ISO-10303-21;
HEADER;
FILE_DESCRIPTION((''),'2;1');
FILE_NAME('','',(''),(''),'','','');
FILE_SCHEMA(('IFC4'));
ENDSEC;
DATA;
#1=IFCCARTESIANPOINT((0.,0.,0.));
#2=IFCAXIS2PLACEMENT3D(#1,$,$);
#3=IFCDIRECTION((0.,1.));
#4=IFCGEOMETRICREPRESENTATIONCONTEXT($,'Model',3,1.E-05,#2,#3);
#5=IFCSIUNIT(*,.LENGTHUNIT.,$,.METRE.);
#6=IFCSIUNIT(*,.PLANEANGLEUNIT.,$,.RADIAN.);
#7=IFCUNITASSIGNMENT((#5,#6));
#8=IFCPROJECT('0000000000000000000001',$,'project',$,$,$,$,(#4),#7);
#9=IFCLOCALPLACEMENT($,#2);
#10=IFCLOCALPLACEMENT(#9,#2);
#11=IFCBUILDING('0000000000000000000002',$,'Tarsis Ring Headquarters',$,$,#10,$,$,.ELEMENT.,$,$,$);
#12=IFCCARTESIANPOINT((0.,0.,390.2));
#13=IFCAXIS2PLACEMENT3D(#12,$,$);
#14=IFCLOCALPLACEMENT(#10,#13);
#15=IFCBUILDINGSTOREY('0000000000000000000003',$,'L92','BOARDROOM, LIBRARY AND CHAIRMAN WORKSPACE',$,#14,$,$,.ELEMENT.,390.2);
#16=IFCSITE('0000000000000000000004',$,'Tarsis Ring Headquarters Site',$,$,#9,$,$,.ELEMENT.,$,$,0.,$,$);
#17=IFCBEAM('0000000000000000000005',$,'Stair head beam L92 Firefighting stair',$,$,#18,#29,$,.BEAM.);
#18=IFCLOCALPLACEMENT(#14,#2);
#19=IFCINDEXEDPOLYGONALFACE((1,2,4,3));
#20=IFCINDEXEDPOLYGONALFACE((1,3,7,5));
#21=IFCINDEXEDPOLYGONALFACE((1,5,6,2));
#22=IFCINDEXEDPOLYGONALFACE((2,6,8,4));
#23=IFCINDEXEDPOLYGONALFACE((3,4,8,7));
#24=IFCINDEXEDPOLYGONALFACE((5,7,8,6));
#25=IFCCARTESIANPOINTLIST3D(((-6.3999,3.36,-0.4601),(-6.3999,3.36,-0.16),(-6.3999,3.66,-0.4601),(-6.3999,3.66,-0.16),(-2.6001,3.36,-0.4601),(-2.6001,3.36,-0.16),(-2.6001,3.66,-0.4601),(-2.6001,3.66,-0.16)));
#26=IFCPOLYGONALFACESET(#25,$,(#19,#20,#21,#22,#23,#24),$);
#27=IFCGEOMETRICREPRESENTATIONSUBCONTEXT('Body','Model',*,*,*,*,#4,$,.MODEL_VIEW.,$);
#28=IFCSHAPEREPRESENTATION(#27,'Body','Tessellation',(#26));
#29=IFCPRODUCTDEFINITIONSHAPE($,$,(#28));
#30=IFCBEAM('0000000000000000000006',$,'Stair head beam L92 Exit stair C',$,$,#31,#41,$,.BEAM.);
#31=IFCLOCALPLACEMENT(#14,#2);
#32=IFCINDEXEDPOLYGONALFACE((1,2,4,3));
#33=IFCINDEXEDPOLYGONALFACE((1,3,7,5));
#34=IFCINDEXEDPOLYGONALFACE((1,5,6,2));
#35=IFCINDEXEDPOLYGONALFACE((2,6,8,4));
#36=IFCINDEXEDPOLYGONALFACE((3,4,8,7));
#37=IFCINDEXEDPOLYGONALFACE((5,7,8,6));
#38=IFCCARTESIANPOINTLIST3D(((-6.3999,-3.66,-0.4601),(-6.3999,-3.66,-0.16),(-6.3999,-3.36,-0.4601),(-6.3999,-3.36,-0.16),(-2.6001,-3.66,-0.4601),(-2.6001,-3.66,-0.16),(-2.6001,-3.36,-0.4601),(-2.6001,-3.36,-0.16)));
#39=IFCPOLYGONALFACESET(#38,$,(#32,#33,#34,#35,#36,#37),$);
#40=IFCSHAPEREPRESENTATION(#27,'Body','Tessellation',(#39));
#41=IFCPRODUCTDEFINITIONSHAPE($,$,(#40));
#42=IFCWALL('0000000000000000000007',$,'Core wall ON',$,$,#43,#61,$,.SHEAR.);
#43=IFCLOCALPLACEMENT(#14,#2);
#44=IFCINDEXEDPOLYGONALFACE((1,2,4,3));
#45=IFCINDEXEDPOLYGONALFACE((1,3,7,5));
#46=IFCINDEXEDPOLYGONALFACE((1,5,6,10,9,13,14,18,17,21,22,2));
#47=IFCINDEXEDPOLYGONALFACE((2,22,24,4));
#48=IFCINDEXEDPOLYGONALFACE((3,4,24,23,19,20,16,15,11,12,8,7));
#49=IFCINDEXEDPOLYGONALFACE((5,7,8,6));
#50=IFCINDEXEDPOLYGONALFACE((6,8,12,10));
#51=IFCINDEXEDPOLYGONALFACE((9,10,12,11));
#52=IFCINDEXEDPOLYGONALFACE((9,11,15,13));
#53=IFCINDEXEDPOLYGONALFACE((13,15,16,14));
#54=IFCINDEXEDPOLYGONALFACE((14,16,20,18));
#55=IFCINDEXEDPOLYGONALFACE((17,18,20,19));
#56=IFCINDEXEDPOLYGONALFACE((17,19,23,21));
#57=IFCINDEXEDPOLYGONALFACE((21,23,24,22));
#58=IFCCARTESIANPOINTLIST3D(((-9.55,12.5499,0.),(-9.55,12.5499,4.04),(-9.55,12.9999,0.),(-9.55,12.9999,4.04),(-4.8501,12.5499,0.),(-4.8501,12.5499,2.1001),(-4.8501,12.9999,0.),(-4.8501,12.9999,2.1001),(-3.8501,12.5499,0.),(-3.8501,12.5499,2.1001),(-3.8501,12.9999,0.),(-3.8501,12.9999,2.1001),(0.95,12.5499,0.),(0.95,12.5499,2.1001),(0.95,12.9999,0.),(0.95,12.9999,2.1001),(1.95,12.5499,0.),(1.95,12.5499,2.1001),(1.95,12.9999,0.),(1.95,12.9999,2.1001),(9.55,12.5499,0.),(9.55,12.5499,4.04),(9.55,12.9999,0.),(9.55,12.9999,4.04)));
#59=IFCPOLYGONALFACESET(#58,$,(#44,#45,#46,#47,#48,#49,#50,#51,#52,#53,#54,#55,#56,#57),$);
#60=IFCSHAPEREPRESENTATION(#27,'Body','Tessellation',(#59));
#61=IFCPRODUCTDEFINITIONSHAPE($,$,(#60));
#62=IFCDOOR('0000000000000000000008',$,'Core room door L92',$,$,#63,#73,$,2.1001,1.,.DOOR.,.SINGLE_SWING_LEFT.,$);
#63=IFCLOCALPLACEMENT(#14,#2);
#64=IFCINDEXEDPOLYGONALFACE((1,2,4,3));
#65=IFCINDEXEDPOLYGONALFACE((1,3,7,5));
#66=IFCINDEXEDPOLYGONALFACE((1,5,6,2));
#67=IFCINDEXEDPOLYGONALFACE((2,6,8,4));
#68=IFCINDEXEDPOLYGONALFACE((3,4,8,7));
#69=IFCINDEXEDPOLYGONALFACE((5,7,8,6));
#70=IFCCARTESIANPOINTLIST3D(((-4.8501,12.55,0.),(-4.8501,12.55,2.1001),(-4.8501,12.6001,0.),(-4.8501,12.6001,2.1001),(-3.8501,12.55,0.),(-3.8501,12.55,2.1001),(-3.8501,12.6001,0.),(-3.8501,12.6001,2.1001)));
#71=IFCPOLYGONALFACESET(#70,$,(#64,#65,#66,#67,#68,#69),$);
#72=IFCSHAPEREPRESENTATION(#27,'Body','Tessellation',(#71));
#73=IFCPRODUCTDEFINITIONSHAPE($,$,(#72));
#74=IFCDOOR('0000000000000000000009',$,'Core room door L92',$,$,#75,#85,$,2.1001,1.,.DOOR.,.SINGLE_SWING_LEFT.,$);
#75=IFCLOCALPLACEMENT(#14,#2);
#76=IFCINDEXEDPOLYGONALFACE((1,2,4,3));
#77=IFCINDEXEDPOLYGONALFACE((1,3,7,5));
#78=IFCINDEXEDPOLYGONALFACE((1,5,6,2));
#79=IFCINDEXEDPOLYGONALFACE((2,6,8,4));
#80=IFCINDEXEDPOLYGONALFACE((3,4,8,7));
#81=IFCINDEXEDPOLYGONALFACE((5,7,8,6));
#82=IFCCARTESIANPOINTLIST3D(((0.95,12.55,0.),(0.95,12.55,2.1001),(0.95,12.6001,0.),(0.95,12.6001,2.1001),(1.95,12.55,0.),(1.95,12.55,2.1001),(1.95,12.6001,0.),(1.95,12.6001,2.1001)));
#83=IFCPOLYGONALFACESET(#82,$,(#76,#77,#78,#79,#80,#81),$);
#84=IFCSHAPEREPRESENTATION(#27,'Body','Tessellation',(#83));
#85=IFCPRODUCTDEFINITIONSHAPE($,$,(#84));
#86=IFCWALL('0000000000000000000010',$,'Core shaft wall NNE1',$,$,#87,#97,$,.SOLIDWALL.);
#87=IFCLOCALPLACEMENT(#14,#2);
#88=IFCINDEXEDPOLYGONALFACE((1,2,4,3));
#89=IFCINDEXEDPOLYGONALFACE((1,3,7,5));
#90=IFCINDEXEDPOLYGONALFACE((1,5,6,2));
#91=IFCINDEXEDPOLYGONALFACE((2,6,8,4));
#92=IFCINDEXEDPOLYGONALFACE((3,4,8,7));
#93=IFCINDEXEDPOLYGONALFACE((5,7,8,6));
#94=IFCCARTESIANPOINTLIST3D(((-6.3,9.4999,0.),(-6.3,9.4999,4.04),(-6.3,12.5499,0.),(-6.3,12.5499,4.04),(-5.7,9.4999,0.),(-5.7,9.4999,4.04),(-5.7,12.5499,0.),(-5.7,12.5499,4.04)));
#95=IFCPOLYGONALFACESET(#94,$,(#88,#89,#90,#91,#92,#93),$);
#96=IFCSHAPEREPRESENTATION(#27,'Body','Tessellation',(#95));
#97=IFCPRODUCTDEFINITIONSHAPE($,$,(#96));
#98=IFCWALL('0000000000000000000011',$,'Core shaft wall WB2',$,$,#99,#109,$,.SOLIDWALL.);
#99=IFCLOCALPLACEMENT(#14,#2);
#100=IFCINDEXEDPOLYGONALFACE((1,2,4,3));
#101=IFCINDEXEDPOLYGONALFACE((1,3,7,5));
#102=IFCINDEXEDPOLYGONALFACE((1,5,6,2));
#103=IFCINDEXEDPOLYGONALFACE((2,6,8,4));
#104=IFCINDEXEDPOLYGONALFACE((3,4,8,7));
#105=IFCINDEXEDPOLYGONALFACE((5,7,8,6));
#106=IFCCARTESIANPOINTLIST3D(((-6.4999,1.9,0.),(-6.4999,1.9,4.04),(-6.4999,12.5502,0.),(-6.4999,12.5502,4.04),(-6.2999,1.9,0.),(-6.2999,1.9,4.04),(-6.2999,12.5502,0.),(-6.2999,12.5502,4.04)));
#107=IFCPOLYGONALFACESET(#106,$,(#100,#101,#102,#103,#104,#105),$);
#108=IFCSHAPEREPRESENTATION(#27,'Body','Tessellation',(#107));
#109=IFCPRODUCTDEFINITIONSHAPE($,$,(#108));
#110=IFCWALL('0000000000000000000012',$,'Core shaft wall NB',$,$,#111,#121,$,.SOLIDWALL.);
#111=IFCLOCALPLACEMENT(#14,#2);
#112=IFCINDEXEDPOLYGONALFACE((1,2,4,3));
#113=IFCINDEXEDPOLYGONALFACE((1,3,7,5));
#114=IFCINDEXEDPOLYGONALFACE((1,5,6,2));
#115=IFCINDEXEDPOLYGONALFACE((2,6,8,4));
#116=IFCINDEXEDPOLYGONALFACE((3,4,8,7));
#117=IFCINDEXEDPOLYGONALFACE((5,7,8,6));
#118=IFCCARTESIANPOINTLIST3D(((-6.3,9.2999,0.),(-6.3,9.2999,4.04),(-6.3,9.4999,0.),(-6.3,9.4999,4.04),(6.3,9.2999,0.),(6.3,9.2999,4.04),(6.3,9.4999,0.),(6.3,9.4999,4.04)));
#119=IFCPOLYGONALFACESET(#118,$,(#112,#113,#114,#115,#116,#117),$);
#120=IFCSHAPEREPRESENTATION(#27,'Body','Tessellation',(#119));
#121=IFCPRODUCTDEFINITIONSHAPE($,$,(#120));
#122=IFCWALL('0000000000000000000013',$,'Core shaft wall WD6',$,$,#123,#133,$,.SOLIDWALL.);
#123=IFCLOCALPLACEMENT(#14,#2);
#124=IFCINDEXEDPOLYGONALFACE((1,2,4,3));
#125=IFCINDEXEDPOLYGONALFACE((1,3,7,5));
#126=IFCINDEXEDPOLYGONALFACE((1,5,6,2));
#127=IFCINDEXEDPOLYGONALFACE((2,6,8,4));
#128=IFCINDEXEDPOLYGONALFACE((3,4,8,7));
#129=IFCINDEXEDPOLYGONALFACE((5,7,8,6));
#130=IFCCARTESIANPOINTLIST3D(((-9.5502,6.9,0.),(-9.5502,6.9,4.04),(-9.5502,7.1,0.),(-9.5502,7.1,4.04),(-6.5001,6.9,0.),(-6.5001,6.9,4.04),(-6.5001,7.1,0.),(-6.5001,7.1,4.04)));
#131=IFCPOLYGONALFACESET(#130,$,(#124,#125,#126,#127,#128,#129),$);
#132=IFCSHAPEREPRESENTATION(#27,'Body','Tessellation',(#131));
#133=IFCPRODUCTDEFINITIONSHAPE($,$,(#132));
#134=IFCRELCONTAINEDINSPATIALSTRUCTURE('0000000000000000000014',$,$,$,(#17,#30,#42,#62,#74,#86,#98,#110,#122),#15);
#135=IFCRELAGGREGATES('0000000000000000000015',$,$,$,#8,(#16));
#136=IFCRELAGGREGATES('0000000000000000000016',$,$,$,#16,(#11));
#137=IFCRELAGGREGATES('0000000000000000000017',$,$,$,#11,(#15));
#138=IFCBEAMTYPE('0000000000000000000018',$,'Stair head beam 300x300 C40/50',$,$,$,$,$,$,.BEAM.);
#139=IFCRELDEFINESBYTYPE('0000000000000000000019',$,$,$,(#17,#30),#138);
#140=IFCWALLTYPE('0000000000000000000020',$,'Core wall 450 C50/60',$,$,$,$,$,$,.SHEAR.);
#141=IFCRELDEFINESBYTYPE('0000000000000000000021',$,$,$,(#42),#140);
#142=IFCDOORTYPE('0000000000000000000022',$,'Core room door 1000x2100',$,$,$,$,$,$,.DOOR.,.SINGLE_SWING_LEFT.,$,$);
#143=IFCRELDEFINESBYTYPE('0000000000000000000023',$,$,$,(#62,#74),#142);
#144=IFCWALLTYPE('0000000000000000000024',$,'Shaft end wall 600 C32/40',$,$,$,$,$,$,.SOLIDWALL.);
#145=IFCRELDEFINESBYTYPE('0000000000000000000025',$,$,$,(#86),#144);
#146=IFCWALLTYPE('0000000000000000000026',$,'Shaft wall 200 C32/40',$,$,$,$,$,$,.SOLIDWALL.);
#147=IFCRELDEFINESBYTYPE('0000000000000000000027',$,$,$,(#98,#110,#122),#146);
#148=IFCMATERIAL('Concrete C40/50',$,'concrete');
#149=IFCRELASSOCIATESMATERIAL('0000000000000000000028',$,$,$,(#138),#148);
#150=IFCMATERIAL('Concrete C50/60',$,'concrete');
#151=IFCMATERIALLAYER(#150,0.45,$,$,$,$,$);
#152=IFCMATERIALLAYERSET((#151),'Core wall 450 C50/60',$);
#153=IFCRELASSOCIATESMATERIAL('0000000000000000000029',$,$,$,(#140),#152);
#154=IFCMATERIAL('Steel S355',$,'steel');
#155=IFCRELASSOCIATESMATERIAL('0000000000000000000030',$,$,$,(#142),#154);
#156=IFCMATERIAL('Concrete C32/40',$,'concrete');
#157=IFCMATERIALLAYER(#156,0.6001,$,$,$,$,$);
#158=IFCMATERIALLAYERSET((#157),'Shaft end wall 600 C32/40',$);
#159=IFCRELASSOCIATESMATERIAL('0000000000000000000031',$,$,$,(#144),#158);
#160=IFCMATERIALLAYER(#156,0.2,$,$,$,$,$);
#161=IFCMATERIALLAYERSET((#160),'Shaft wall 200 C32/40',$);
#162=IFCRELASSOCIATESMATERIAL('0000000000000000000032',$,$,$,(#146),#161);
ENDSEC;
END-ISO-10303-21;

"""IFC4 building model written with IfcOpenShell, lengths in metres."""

from ifc_helpers import new_model, si_unit, direction, frame, frame_2d, origin, origin_2d, place, context, subcontext, project, spatial, rectangle, extrude, material, layer, layer_set, material_profile, profile_set, type_object, element, fill, save


model = new_model("IFC4")

# Units and contexts
model_context = context("Model", 3, precision=1e-05, world=origin(), true_north=direction((0.0, 1.0)))
body_context = subcontext(model_context, "Body", "Model", "MODEL_VIEW")
ifc_project = project(units=[si_unit("LENGTHUNIT", "METRE"), si_unit("PLANEANGLEUNIT", "RADIAN")], contexts=[model_context])

# Site, building, storey
site_placement = place(None, origin())
site = spatial("IfcSite", under=ifc_project, at=site_placement, Name="Tarsis Ring Headquarters Site", CompositionType="ELEMENT", RefElevation=0.0)
building_placement = place(site_placement, origin())
building = spatial("IfcBuilding", under=site, at=building_placement, Name="Tarsis Ring Headquarters", CompositionType="ELEMENT")
storey_placement = place(building_placement, frame((0.0, 0.0, 390.2)))
storey = spatial("IfcBuildingStorey", under=building, at=storey_placement, Name="L92", Description="BOARDROOM, LIBRARY AND CHAIRMAN WORKSPACE", CompositionType="ELEMENT", Elevation=390.2)

# Beams
ifc_material_1 = material(Name="Concrete C40/50", Category="concrete")
ifc_material_profile = material_profile(ifc_material_1, rectangle(XDim=0.3, YDim=0.3, at=origin_2d()), Name="Stair head beam 300x300 C40/50")
ifc_profile_set = profile_set([ifc_material_profile], Name="Concrete C40/50")
beam_type = type_object("IfcBeamType", Name="Stair head beam 300x300 C40/50", PredefinedType="BEAM", material=ifc_profile_set)
for number, where, z_axis, x_axis, name in (
    (1, (-6.3999, 3.51, -0.3101), (1.0, 0.0, 0.0), (0.0, 1.0, 0.0), "Stair head beam L92 Firefighting stair"),
    (2, (-6.3999, -3.51, -0.3101), (1.0, 0.0, 0.0), (0.0, 1.0, 0.0), "Stair head beam L92 Exit stair C"),
):
    element("IfcBeam", number, at=place(storey_placement, frame(where, z_axis=z_axis, x_axis=x_axis)), inside=storey, type_object=beam_type, Name=name, PredefinedType="BEAM", context=body_context, shape_type="SweptSolid", body=[
        extrude(rectangle(XDim=0.3, YDim=0.3, at=origin_2d()), origin(), (0.0, 0.0, 1.0), 3.7998),
    ])

# Wall, openings, doors
ifc_material_2 = material(Name="Concrete C50/60", Category="concrete")
ifc_layer_1 = layer(ifc_material_2, 0.45)
ifc_layer_set_1 = layer_set([ifc_layer_1], Name="Core wall 450 C50/60")
wall_type_1 = type_object("IfcWallType", Name="Core wall 450 C50/60", PredefinedType="SHEAR", material=ifc_layer_set_1)
wall_1_placement = place(storey_placement, frame((-9.55, 12.7749, 0.0), z_axis=(0.0, 0.0, 1.0), x_axis=(1.0, 0.0, 0.0)))
wall_1 = element("IfcWall", 3, at=wall_1_placement, inside=storey, type_object=wall_type_1, Name="Core wall ON", PredefinedType="SHEAR", context=body_context, shape_type="SweptSolid", body=[
    extrude(rectangle(XDim=19.1001, YDim=0.45, at=frame_2d((9.55, 0.0))), origin(), (0.0, 0.0, 1.0), 4.04),
])
opening_1_placement = place(wall_1_placement, frame((4.7, 0.0, 0.0)))
opening_1 = element("IfcOpeningElement", 4, at=opening_1_placement, cuts=wall_1, PredefinedType="OPENING", context=body_context, shape_type="SweptSolid", body=[
    extrude(rectangle(XDim=1.0, YDim=2.1001, at=frame_2d((0.5, 1.05))), frame((0.0, 0.2349, 0.0), z_axis=(0.0, -1.0, 0.0), x_axis=(1.0, 0.0, 0.0)), (0.0, 0.0, 1.0), 0.47),
])
opening_2_placement = place(wall_1_placement, frame((10.5, 0.0, 0.0)))
opening_2 = element("IfcOpeningElement", 5, at=opening_2_placement, cuts=wall_1, PredefinedType="OPENING", context=body_context, shape_type="SweptSolid", body=[
    extrude(rectangle(XDim=1.0, YDim=2.1001, at=frame_2d((0.5, 1.05))), frame((0.0, 0.2349, 0.0), z_axis=(0.0, -1.0, 0.0), x_axis=(1.0, 0.0, 0.0)), (0.0, 0.0, 1.0), 0.47),
])
ifc_material_3 = material(Name="Steel S355", Category="steel")
door_type = type_object("IfcDoorType", Name="Core room door 1000x2100", OperationType="SINGLE_SWING_LEFT", PredefinedType="DOOR", material=ifc_material_3)
door_1_placement = place(opening_1_placement, origin())
door_1 = element("IfcDoor", 6, at=door_1_placement, inside=storey, type_object=door_type, Name="Core room door L92", OperationType="SINGLE_SWING_LEFT", OverallHeight=2.1001, OverallWidth=1.0, PredefinedType="DOOR", context=body_context, shape_type="SweptSolid", body=[
    extrude(rectangle(XDim=1.0, YDim=2.1001, at=frame_2d((0.5, 1.05))), frame((0.0, -0.1748, 0.0), z_axis=(0.0, -1.0, 0.0), x_axis=(1.0, 0.0, 0.0)), (0.0, 0.0, 1.0), 0.05),
])
fill(opening_1, door_1)
door_2_placement = place(opening_2_placement, origin())
door_2 = element("IfcDoor", 7, at=door_2_placement, inside=storey, type_object=door_type, Name="Core room door L92", OperationType="SINGLE_SWING_LEFT", OverallHeight=2.1001, OverallWidth=1.0, PredefinedType="DOOR", context=body_context, shape_type="SweptSolid", body=[
    extrude(rectangle(XDim=1.0, YDim=2.1001, at=frame_2d((0.5, 1.05))), frame((0.0, -0.1748, 0.0), z_axis=(0.0, -1.0, 0.0), x_axis=(1.0, 0.0, 0.0)), (0.0, 0.0, 1.0), 0.05),
])
fill(opening_2, door_2)

# Walls
ifc_material_4 = material(Name="Concrete C32/40", Category="concrete")
ifc_layer_2 = layer(ifc_material_4, 0.6001)
ifc_layer_set_2 = layer_set([ifc_layer_2], Name="Shaft end wall 600 C32/40")
wall_type_2 = type_object("IfcWallType", Name="Shaft end wall 600 C32/40", PredefinedType="SOLIDWALL", material=ifc_layer_set_2)
wall_2_placement = place(storey_placement, frame((-6.0, 9.5, 0.0), z_axis=(0.0, 0.0, 1.0), x_axis=(0.0, 1.0, 0.0)))
element("IfcWall", 8, at=wall_2_placement, inside=storey, type_object=wall_type_2, Name="Core shaft wall NNE1", PredefinedType="SOLIDWALL", context=body_context, shape_type="SweptSolid", body=[
    extrude(rectangle(XDim=3.05, YDim=0.6001, at=frame_2d((1.5249, 0.0))), origin(), (0.0, 0.0, 1.0), 4.04),
])
ifc_layer_3 = layer(ifc_material_4, 0.2)
ifc_layer_set_3 = layer_set([ifc_layer_3], Name="Shaft wall 200 C32/40")
wall_type_3 = type_object("IfcWallType", Name="Shaft wall 200 C32/40", PredefinedType="SOLIDWALL", material=ifc_layer_set_3)
wall_3_placement = place(storey_placement, frame((-6.3999, 1.8999, 0.0), z_axis=(0.0, 0.0, 1.0), x_axis=(0.0, 1.0, 0.0)))
element("IfcWall", 9, at=wall_3_placement, inside=storey, type_object=wall_type_3, Name="Core shaft wall WB2", PredefinedType="SOLIDWALL", context=body_context, shape_type="SweptSolid", body=[
    extrude(rectangle(XDim=10.6501, YDim=0.2, at=frame_2d((5.3252, 0.0))), origin(), (0.0, 0.0, 1.0), 4.04),
])
wall_4_placement = place(storey_placement, frame((-6.3, 9.3999, 0.0), z_axis=(0.0, 0.0, 1.0), x_axis=(1.0, 0.0, 0.0)))
element("IfcWall", 10, at=wall_4_placement, inside=storey, type_object=wall_type_3, Name="Core shaft wall NB", PredefinedType="SOLIDWALL", context=body_context, shape_type="SweptSolid", body=[
    extrude(rectangle(XDim=12.6001, YDim=0.2, at=frame_2d((6.3, 0.0))), origin(), (0.0, 0.0, 1.0), 4.04),
])
wall_5_placement = place(storey_placement, frame((-9.55, 7.0, 0.0), z_axis=(0.0, 0.0, 1.0), x_axis=(1.0, 0.0, 0.0)))
element("IfcWall", 11, at=wall_5_placement, inside=storey, type_object=wall_type_3, Name="Core shaft wall WD6", PredefinedType="SOLIDWALL", context=body_context, shape_type="SweptSolid", body=[
    extrude(rectangle(XDim=3.05, YDim=0.2, at=frame_2d((1.5249, 0.0))), origin(), (0.0, 0.0, 1.0), 4.04),
])

save(model, "model.ifc")
